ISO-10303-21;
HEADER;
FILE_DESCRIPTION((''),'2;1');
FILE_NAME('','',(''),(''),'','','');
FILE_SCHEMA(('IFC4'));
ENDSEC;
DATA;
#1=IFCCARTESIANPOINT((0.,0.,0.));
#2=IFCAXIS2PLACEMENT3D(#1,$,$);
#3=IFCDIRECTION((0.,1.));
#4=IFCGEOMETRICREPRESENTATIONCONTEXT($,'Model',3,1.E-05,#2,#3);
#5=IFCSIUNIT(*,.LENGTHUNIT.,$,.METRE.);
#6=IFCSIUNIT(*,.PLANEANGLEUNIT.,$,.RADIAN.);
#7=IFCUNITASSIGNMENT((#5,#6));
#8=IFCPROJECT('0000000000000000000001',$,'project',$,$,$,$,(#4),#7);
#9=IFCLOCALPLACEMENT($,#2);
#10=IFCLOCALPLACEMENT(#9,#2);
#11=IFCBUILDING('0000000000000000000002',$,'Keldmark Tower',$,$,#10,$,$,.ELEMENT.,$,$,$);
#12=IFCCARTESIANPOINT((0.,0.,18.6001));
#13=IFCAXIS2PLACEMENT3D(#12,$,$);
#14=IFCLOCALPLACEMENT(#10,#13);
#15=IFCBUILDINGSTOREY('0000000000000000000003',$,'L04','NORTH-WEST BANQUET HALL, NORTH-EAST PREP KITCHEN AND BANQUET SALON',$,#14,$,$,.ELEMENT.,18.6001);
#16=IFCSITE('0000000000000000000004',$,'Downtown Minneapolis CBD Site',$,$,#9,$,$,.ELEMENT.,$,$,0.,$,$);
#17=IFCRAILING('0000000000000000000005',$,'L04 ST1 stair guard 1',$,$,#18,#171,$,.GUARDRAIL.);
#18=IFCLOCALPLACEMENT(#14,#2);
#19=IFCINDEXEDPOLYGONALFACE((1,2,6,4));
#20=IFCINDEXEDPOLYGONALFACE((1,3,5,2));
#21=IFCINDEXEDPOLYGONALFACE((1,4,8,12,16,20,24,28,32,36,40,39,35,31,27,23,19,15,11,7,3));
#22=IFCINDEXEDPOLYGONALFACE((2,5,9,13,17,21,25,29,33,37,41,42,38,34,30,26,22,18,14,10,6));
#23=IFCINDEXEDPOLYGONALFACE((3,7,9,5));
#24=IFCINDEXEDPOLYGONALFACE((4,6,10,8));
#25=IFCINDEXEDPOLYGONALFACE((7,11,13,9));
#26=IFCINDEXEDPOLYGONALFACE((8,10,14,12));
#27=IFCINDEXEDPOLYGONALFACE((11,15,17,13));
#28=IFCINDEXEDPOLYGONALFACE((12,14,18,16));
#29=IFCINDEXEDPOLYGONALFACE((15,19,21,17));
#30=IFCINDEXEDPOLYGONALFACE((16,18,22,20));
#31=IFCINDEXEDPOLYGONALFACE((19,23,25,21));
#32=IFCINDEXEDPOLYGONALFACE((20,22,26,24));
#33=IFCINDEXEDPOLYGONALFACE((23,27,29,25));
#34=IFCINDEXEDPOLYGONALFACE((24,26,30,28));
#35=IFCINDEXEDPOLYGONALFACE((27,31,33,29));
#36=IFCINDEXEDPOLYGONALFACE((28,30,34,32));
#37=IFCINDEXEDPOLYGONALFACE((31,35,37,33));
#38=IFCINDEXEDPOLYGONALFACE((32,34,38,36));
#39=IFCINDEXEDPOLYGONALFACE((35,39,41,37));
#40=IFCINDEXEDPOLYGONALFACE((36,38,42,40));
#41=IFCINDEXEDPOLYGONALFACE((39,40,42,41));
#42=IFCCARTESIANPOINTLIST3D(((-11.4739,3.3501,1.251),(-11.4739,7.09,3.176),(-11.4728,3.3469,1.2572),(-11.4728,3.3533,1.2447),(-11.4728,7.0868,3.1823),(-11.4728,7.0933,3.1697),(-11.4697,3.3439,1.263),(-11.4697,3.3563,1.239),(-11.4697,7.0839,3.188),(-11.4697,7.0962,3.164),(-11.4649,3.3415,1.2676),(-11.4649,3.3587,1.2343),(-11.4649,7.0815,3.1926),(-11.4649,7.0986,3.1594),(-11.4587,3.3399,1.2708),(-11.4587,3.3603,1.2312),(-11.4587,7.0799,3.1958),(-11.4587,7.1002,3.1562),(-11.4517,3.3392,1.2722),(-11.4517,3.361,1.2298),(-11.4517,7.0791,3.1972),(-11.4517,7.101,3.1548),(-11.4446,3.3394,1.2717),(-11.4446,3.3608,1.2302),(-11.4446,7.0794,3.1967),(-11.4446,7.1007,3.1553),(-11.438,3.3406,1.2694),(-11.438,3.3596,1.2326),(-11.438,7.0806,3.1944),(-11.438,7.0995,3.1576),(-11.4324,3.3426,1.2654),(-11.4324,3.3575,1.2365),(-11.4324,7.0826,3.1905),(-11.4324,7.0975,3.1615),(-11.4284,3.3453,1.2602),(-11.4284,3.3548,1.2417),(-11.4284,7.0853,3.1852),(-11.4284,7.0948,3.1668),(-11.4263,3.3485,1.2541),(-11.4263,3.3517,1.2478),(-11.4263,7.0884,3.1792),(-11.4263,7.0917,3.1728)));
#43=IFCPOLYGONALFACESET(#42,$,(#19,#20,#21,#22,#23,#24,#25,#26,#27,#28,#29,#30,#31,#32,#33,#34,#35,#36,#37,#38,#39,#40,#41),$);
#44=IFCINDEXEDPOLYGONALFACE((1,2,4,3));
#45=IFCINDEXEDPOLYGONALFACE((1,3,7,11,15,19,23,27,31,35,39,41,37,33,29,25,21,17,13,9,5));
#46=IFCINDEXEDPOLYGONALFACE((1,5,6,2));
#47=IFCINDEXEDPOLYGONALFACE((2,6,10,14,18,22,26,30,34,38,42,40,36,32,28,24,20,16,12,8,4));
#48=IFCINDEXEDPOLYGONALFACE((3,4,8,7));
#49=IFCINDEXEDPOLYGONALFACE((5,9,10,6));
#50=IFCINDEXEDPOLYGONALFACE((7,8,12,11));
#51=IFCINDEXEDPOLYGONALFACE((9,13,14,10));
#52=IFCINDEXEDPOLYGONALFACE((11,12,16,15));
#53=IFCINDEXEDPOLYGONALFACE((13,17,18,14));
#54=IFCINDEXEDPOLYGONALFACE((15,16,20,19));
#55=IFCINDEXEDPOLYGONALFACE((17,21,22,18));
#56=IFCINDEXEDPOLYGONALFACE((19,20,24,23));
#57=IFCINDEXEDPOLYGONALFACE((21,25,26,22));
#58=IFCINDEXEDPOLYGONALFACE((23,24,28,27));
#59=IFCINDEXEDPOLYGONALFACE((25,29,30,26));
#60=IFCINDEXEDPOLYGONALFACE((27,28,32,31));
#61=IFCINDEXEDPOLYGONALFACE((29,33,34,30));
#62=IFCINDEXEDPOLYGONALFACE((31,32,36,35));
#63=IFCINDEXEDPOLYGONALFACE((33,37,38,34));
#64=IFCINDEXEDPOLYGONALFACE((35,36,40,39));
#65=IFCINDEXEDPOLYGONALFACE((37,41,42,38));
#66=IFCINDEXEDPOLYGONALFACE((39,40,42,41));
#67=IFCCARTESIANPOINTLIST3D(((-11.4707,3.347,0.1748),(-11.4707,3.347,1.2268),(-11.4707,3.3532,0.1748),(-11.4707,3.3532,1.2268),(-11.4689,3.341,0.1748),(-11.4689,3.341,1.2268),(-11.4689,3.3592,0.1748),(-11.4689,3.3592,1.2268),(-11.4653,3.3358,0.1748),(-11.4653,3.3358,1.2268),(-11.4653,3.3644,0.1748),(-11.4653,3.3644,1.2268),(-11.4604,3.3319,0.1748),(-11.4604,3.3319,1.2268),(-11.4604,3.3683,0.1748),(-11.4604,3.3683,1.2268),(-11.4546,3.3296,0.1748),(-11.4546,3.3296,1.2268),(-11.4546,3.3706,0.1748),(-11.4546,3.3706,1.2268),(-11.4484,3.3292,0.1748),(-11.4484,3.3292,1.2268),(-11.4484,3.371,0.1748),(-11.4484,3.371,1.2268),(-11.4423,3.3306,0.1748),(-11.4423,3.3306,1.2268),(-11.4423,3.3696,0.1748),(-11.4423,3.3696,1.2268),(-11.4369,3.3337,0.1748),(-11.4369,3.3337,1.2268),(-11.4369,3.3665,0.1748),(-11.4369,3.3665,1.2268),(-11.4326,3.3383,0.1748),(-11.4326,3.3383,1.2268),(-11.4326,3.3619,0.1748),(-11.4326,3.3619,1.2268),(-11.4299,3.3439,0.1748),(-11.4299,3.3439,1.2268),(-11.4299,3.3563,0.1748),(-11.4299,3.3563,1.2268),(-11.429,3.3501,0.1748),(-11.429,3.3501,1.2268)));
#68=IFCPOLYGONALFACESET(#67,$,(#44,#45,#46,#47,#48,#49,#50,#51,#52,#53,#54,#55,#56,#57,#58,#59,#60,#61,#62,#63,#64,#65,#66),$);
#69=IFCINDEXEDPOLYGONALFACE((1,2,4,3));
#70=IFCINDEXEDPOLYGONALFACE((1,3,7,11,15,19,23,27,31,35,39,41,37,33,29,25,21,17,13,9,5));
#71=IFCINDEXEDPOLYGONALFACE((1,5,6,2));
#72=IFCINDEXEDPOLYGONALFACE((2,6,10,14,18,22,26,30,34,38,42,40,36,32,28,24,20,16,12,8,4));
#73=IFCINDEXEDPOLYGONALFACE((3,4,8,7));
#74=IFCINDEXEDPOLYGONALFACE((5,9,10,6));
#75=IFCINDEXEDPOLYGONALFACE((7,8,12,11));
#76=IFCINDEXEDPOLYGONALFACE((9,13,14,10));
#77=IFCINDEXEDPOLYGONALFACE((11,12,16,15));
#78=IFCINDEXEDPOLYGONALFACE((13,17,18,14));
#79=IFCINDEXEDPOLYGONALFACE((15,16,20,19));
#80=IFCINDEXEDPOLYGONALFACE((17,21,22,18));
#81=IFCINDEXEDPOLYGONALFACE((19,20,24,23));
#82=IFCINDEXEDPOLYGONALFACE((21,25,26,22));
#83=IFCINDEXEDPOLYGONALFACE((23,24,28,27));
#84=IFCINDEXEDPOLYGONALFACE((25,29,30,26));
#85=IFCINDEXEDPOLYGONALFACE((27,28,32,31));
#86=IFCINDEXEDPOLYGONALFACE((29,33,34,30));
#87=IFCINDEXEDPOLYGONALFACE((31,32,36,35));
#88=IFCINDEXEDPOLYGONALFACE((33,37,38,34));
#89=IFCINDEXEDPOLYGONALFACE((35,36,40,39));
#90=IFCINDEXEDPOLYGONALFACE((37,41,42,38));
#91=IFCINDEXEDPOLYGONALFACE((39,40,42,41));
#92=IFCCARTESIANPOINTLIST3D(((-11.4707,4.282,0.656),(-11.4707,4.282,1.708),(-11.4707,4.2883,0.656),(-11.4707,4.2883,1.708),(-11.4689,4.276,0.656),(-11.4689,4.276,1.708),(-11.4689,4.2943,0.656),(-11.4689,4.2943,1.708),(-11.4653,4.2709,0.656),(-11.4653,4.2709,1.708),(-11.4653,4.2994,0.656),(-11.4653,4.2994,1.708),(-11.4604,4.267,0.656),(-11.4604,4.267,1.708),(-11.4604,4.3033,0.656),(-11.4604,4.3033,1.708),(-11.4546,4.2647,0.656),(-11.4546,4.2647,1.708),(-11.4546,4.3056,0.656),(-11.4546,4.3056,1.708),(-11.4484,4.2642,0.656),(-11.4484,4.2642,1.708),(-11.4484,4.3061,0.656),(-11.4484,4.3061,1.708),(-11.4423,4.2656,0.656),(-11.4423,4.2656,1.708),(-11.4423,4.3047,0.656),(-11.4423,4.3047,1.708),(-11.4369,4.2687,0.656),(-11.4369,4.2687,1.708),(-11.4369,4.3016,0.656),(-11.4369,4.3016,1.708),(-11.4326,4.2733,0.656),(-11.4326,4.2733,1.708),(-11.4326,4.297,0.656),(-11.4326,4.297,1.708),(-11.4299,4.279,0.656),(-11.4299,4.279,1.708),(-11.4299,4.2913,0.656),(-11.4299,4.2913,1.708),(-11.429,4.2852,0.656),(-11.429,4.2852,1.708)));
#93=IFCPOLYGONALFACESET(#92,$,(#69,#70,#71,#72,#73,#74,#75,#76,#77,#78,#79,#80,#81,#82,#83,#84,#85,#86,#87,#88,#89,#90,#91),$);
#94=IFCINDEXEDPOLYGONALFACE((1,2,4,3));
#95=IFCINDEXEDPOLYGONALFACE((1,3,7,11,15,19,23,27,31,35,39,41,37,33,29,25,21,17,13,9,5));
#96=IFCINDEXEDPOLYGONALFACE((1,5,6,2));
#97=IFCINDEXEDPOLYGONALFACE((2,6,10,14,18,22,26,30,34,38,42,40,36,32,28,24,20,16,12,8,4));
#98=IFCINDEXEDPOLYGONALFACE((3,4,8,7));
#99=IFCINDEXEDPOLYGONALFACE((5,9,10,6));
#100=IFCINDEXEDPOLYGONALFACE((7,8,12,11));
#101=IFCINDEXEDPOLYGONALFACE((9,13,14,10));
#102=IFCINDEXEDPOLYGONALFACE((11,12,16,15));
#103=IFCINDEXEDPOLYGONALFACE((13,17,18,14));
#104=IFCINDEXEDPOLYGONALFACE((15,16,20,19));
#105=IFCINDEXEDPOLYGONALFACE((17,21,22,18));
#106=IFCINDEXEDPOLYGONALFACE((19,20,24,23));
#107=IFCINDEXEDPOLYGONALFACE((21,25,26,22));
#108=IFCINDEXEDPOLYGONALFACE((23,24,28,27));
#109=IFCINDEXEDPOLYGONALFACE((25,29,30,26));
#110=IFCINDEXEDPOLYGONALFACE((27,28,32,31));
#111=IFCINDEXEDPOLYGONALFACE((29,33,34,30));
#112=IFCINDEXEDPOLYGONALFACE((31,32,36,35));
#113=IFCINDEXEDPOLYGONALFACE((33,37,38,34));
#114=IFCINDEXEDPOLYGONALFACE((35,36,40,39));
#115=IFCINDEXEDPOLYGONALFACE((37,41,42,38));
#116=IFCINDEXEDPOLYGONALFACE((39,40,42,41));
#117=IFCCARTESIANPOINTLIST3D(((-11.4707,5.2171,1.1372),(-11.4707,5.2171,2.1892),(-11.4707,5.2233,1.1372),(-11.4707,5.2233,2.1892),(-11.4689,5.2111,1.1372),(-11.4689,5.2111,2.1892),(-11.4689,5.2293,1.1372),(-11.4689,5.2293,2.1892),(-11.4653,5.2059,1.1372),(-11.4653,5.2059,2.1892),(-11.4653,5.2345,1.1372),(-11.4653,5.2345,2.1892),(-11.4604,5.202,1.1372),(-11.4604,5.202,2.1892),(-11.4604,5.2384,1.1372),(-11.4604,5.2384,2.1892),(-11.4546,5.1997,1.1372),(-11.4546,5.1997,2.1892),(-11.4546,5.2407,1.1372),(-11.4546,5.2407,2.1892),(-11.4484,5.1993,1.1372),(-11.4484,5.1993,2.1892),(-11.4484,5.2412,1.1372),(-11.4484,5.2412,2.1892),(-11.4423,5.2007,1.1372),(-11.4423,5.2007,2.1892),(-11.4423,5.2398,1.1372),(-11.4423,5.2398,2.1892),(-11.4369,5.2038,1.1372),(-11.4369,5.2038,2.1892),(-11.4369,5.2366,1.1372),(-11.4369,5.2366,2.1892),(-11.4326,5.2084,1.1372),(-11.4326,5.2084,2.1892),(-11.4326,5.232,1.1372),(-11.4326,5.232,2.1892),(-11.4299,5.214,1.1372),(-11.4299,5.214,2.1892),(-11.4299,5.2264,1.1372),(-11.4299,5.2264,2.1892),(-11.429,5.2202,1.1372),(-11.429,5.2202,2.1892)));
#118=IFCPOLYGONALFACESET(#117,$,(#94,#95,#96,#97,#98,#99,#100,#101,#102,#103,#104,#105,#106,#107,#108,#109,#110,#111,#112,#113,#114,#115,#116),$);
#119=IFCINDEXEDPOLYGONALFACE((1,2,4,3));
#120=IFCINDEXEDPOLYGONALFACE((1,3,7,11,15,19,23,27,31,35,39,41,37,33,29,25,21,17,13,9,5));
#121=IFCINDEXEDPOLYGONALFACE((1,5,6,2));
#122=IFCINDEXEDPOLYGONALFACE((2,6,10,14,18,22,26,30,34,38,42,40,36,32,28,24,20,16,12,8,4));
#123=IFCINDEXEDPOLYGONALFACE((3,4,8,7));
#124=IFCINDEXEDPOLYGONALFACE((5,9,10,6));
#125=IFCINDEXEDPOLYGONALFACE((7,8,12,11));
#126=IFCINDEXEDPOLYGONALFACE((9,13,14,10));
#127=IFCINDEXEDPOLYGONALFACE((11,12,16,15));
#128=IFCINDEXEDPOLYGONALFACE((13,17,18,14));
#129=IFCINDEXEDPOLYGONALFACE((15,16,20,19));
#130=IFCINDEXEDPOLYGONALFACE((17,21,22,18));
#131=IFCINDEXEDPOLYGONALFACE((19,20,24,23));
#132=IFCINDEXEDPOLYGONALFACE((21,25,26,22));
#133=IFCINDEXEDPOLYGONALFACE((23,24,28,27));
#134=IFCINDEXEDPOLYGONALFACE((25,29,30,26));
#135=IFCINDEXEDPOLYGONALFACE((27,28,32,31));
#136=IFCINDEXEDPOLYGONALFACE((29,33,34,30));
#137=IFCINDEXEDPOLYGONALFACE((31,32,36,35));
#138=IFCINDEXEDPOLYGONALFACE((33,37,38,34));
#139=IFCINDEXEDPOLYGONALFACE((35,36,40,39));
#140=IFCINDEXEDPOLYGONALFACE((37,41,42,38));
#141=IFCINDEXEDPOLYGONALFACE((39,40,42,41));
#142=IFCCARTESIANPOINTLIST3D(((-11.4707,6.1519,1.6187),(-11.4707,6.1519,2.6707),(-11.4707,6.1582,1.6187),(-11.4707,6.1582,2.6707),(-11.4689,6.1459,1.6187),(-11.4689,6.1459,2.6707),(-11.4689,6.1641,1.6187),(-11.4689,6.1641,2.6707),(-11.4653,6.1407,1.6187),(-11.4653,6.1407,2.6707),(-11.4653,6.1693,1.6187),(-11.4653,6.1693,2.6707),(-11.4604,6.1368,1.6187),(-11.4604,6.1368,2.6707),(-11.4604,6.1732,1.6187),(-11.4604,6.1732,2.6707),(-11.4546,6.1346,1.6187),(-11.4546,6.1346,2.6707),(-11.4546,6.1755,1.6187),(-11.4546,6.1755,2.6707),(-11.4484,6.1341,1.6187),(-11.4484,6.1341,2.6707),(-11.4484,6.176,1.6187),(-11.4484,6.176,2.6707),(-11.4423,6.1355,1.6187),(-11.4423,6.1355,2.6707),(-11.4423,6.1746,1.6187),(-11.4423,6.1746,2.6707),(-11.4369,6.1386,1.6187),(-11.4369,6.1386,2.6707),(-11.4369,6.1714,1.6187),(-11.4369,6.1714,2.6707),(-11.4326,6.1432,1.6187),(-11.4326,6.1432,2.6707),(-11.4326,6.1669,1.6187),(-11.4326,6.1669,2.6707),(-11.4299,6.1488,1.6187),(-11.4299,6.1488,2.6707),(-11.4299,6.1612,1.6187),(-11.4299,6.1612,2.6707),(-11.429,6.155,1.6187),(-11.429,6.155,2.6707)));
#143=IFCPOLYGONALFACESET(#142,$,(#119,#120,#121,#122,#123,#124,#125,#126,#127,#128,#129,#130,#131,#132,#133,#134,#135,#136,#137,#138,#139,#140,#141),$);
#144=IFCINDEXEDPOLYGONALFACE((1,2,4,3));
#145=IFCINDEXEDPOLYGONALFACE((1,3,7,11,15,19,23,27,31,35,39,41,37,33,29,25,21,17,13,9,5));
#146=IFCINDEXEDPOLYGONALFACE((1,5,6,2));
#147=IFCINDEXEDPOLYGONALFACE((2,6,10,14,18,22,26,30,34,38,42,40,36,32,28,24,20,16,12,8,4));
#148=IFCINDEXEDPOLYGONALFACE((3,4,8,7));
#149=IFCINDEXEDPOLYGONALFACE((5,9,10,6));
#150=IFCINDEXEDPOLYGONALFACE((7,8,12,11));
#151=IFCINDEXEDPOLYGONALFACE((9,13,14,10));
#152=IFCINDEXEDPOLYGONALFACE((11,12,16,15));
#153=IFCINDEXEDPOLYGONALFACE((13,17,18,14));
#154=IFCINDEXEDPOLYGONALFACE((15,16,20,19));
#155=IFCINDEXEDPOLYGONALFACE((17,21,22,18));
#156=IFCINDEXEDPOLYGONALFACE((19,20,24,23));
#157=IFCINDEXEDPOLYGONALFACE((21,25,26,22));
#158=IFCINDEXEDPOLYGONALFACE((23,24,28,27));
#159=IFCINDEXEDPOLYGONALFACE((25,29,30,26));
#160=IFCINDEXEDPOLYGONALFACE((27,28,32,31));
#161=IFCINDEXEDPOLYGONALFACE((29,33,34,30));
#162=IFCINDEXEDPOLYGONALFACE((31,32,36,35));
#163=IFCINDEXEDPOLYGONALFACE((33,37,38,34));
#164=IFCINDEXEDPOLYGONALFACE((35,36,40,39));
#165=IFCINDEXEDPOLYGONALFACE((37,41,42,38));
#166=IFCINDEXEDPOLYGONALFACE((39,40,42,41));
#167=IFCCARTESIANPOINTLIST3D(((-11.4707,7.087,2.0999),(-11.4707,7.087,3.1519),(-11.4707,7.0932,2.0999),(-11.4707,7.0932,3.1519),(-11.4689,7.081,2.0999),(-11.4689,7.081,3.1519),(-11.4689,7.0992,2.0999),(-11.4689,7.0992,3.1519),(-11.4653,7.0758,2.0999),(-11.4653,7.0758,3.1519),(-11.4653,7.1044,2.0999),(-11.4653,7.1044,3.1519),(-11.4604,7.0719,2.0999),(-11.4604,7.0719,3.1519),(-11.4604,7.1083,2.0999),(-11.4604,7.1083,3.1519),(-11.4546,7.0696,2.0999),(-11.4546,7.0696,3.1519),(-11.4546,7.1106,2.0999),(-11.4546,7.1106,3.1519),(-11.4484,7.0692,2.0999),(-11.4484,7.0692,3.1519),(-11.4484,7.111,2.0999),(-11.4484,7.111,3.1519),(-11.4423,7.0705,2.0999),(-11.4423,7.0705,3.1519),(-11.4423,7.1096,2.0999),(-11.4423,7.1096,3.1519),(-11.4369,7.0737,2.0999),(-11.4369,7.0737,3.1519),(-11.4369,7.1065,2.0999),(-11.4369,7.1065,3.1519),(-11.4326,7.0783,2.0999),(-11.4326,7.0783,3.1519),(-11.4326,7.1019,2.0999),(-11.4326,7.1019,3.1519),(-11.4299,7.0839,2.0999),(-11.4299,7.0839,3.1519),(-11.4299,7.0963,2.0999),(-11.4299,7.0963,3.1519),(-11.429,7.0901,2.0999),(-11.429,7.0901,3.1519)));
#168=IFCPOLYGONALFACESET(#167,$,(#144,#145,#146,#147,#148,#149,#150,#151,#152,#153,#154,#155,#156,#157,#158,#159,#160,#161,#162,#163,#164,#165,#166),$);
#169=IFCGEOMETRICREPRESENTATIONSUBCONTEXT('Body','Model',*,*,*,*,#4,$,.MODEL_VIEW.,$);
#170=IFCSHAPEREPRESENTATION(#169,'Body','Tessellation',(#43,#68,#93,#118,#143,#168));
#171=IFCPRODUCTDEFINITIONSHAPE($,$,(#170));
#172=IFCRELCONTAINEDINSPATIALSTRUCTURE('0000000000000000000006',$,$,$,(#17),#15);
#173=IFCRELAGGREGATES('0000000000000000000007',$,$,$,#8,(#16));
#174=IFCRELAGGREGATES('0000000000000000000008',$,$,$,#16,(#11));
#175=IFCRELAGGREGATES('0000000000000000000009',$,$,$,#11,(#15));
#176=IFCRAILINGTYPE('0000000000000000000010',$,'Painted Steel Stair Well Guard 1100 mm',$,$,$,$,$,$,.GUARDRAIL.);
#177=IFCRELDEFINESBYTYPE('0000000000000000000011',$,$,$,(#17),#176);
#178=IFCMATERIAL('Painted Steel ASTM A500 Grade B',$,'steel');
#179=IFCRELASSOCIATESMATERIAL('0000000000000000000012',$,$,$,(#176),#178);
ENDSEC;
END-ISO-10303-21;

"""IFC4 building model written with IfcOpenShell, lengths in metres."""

from ifc_helpers import new_model, si_unit, direction, frame, origin, origin_2d, place, context, subcontext, project, spatial, circle, extrude, material, type_object, element, save


model = new_model("IFC4")

# Units and contexts
model_context = context("Model", 3, precision=1e-05, world=origin(), true_north=direction((0.0, 1.0)))
body_context = subcontext(model_context, "Body", "Model", "MODEL_VIEW")
ifc_project = project(units=[si_unit("LENGTHUNIT", "METRE"), si_unit("PLANEANGLEUNIT", "RADIAN")], contexts=[model_context])

# Site, building, storey
site_placement = place(None, origin())
site = spatial("IfcSite", under=ifc_project, at=site_placement, Name="Downtown Minneapolis CBD Site", CompositionType="ELEMENT", RefElevation=0.0)
building_placement = place(site_placement, origin())
building = spatial("IfcBuilding", under=site, at=building_placement, Name="Keldmark Tower", CompositionType="ELEMENT")
storey_placement = place(building_placement, frame((0.0, 0.0, 18.6001)))
storey = spatial("IfcBuildingStorey", under=building, at=storey_placement, Name="L04", Description="NORTH-WEST BANQUET HALL, NORTH-EAST PREP KITCHEN AND BANQUET SALON", CompositionType="ELEMENT", Elevation=18.6001)

# Railing
ifc_material_1 = material(Name="Painted Steel ASTM A500 Grade B", Category="steel")
railing_type_1 = type_object("IfcRailingType", Name="Painted Steel Stair Well Guard 1100 mm", PredefinedType="GUARDRAIL", material=ifc_material_1)
railing_1_placement = place(storey_placement, frame((-11.45, 3.3501, 0.1748)))
element("IfcRailing", 1, at=railing_1_placement, inside=storey, type_object=railing_type_1, Name="L04 ST1 stair guard 1", PredefinedType="GUARDRAIL", context=body_context, shape_type="SweptSolid", body=[
    extrude(circle(Radius=0.0239, at=origin_2d()), frame((0.0, 0.0, 1.0762), z_axis=(0.0, 0.889131, 0.457654), x_axis=(-1.0, 0.0, 0.0)), (0.0, 0.0, 1.0), 4.2063),
    extrude(circle(Radius=0.021, at=origin_2d()), origin(), (0.0, 0.0, 1.0), 1.052),
    extrude(circle(Radius=0.021, at=origin_2d()), frame((0.0, 0.9351, 0.4812)), (0.0, 0.0, 1.0), 1.052),
    extrude(circle(Radius=0.021, at=origin_2d()), frame((0.0, 1.8701, 0.9624)), (0.0, 0.0, 1.0), 1.052),
    extrude(circle(Radius=0.021, at=origin_2d()), frame((0.0, 2.8049, 1.4438)), (0.0, 0.0, 1.0), 1.052),
    extrude(circle(Radius=0.021, at=origin_2d()), frame((0.0, 3.74, 1.925)), (0.0, 0.0, 1.0), 1.052),
])

save(model, "model.ifc")
